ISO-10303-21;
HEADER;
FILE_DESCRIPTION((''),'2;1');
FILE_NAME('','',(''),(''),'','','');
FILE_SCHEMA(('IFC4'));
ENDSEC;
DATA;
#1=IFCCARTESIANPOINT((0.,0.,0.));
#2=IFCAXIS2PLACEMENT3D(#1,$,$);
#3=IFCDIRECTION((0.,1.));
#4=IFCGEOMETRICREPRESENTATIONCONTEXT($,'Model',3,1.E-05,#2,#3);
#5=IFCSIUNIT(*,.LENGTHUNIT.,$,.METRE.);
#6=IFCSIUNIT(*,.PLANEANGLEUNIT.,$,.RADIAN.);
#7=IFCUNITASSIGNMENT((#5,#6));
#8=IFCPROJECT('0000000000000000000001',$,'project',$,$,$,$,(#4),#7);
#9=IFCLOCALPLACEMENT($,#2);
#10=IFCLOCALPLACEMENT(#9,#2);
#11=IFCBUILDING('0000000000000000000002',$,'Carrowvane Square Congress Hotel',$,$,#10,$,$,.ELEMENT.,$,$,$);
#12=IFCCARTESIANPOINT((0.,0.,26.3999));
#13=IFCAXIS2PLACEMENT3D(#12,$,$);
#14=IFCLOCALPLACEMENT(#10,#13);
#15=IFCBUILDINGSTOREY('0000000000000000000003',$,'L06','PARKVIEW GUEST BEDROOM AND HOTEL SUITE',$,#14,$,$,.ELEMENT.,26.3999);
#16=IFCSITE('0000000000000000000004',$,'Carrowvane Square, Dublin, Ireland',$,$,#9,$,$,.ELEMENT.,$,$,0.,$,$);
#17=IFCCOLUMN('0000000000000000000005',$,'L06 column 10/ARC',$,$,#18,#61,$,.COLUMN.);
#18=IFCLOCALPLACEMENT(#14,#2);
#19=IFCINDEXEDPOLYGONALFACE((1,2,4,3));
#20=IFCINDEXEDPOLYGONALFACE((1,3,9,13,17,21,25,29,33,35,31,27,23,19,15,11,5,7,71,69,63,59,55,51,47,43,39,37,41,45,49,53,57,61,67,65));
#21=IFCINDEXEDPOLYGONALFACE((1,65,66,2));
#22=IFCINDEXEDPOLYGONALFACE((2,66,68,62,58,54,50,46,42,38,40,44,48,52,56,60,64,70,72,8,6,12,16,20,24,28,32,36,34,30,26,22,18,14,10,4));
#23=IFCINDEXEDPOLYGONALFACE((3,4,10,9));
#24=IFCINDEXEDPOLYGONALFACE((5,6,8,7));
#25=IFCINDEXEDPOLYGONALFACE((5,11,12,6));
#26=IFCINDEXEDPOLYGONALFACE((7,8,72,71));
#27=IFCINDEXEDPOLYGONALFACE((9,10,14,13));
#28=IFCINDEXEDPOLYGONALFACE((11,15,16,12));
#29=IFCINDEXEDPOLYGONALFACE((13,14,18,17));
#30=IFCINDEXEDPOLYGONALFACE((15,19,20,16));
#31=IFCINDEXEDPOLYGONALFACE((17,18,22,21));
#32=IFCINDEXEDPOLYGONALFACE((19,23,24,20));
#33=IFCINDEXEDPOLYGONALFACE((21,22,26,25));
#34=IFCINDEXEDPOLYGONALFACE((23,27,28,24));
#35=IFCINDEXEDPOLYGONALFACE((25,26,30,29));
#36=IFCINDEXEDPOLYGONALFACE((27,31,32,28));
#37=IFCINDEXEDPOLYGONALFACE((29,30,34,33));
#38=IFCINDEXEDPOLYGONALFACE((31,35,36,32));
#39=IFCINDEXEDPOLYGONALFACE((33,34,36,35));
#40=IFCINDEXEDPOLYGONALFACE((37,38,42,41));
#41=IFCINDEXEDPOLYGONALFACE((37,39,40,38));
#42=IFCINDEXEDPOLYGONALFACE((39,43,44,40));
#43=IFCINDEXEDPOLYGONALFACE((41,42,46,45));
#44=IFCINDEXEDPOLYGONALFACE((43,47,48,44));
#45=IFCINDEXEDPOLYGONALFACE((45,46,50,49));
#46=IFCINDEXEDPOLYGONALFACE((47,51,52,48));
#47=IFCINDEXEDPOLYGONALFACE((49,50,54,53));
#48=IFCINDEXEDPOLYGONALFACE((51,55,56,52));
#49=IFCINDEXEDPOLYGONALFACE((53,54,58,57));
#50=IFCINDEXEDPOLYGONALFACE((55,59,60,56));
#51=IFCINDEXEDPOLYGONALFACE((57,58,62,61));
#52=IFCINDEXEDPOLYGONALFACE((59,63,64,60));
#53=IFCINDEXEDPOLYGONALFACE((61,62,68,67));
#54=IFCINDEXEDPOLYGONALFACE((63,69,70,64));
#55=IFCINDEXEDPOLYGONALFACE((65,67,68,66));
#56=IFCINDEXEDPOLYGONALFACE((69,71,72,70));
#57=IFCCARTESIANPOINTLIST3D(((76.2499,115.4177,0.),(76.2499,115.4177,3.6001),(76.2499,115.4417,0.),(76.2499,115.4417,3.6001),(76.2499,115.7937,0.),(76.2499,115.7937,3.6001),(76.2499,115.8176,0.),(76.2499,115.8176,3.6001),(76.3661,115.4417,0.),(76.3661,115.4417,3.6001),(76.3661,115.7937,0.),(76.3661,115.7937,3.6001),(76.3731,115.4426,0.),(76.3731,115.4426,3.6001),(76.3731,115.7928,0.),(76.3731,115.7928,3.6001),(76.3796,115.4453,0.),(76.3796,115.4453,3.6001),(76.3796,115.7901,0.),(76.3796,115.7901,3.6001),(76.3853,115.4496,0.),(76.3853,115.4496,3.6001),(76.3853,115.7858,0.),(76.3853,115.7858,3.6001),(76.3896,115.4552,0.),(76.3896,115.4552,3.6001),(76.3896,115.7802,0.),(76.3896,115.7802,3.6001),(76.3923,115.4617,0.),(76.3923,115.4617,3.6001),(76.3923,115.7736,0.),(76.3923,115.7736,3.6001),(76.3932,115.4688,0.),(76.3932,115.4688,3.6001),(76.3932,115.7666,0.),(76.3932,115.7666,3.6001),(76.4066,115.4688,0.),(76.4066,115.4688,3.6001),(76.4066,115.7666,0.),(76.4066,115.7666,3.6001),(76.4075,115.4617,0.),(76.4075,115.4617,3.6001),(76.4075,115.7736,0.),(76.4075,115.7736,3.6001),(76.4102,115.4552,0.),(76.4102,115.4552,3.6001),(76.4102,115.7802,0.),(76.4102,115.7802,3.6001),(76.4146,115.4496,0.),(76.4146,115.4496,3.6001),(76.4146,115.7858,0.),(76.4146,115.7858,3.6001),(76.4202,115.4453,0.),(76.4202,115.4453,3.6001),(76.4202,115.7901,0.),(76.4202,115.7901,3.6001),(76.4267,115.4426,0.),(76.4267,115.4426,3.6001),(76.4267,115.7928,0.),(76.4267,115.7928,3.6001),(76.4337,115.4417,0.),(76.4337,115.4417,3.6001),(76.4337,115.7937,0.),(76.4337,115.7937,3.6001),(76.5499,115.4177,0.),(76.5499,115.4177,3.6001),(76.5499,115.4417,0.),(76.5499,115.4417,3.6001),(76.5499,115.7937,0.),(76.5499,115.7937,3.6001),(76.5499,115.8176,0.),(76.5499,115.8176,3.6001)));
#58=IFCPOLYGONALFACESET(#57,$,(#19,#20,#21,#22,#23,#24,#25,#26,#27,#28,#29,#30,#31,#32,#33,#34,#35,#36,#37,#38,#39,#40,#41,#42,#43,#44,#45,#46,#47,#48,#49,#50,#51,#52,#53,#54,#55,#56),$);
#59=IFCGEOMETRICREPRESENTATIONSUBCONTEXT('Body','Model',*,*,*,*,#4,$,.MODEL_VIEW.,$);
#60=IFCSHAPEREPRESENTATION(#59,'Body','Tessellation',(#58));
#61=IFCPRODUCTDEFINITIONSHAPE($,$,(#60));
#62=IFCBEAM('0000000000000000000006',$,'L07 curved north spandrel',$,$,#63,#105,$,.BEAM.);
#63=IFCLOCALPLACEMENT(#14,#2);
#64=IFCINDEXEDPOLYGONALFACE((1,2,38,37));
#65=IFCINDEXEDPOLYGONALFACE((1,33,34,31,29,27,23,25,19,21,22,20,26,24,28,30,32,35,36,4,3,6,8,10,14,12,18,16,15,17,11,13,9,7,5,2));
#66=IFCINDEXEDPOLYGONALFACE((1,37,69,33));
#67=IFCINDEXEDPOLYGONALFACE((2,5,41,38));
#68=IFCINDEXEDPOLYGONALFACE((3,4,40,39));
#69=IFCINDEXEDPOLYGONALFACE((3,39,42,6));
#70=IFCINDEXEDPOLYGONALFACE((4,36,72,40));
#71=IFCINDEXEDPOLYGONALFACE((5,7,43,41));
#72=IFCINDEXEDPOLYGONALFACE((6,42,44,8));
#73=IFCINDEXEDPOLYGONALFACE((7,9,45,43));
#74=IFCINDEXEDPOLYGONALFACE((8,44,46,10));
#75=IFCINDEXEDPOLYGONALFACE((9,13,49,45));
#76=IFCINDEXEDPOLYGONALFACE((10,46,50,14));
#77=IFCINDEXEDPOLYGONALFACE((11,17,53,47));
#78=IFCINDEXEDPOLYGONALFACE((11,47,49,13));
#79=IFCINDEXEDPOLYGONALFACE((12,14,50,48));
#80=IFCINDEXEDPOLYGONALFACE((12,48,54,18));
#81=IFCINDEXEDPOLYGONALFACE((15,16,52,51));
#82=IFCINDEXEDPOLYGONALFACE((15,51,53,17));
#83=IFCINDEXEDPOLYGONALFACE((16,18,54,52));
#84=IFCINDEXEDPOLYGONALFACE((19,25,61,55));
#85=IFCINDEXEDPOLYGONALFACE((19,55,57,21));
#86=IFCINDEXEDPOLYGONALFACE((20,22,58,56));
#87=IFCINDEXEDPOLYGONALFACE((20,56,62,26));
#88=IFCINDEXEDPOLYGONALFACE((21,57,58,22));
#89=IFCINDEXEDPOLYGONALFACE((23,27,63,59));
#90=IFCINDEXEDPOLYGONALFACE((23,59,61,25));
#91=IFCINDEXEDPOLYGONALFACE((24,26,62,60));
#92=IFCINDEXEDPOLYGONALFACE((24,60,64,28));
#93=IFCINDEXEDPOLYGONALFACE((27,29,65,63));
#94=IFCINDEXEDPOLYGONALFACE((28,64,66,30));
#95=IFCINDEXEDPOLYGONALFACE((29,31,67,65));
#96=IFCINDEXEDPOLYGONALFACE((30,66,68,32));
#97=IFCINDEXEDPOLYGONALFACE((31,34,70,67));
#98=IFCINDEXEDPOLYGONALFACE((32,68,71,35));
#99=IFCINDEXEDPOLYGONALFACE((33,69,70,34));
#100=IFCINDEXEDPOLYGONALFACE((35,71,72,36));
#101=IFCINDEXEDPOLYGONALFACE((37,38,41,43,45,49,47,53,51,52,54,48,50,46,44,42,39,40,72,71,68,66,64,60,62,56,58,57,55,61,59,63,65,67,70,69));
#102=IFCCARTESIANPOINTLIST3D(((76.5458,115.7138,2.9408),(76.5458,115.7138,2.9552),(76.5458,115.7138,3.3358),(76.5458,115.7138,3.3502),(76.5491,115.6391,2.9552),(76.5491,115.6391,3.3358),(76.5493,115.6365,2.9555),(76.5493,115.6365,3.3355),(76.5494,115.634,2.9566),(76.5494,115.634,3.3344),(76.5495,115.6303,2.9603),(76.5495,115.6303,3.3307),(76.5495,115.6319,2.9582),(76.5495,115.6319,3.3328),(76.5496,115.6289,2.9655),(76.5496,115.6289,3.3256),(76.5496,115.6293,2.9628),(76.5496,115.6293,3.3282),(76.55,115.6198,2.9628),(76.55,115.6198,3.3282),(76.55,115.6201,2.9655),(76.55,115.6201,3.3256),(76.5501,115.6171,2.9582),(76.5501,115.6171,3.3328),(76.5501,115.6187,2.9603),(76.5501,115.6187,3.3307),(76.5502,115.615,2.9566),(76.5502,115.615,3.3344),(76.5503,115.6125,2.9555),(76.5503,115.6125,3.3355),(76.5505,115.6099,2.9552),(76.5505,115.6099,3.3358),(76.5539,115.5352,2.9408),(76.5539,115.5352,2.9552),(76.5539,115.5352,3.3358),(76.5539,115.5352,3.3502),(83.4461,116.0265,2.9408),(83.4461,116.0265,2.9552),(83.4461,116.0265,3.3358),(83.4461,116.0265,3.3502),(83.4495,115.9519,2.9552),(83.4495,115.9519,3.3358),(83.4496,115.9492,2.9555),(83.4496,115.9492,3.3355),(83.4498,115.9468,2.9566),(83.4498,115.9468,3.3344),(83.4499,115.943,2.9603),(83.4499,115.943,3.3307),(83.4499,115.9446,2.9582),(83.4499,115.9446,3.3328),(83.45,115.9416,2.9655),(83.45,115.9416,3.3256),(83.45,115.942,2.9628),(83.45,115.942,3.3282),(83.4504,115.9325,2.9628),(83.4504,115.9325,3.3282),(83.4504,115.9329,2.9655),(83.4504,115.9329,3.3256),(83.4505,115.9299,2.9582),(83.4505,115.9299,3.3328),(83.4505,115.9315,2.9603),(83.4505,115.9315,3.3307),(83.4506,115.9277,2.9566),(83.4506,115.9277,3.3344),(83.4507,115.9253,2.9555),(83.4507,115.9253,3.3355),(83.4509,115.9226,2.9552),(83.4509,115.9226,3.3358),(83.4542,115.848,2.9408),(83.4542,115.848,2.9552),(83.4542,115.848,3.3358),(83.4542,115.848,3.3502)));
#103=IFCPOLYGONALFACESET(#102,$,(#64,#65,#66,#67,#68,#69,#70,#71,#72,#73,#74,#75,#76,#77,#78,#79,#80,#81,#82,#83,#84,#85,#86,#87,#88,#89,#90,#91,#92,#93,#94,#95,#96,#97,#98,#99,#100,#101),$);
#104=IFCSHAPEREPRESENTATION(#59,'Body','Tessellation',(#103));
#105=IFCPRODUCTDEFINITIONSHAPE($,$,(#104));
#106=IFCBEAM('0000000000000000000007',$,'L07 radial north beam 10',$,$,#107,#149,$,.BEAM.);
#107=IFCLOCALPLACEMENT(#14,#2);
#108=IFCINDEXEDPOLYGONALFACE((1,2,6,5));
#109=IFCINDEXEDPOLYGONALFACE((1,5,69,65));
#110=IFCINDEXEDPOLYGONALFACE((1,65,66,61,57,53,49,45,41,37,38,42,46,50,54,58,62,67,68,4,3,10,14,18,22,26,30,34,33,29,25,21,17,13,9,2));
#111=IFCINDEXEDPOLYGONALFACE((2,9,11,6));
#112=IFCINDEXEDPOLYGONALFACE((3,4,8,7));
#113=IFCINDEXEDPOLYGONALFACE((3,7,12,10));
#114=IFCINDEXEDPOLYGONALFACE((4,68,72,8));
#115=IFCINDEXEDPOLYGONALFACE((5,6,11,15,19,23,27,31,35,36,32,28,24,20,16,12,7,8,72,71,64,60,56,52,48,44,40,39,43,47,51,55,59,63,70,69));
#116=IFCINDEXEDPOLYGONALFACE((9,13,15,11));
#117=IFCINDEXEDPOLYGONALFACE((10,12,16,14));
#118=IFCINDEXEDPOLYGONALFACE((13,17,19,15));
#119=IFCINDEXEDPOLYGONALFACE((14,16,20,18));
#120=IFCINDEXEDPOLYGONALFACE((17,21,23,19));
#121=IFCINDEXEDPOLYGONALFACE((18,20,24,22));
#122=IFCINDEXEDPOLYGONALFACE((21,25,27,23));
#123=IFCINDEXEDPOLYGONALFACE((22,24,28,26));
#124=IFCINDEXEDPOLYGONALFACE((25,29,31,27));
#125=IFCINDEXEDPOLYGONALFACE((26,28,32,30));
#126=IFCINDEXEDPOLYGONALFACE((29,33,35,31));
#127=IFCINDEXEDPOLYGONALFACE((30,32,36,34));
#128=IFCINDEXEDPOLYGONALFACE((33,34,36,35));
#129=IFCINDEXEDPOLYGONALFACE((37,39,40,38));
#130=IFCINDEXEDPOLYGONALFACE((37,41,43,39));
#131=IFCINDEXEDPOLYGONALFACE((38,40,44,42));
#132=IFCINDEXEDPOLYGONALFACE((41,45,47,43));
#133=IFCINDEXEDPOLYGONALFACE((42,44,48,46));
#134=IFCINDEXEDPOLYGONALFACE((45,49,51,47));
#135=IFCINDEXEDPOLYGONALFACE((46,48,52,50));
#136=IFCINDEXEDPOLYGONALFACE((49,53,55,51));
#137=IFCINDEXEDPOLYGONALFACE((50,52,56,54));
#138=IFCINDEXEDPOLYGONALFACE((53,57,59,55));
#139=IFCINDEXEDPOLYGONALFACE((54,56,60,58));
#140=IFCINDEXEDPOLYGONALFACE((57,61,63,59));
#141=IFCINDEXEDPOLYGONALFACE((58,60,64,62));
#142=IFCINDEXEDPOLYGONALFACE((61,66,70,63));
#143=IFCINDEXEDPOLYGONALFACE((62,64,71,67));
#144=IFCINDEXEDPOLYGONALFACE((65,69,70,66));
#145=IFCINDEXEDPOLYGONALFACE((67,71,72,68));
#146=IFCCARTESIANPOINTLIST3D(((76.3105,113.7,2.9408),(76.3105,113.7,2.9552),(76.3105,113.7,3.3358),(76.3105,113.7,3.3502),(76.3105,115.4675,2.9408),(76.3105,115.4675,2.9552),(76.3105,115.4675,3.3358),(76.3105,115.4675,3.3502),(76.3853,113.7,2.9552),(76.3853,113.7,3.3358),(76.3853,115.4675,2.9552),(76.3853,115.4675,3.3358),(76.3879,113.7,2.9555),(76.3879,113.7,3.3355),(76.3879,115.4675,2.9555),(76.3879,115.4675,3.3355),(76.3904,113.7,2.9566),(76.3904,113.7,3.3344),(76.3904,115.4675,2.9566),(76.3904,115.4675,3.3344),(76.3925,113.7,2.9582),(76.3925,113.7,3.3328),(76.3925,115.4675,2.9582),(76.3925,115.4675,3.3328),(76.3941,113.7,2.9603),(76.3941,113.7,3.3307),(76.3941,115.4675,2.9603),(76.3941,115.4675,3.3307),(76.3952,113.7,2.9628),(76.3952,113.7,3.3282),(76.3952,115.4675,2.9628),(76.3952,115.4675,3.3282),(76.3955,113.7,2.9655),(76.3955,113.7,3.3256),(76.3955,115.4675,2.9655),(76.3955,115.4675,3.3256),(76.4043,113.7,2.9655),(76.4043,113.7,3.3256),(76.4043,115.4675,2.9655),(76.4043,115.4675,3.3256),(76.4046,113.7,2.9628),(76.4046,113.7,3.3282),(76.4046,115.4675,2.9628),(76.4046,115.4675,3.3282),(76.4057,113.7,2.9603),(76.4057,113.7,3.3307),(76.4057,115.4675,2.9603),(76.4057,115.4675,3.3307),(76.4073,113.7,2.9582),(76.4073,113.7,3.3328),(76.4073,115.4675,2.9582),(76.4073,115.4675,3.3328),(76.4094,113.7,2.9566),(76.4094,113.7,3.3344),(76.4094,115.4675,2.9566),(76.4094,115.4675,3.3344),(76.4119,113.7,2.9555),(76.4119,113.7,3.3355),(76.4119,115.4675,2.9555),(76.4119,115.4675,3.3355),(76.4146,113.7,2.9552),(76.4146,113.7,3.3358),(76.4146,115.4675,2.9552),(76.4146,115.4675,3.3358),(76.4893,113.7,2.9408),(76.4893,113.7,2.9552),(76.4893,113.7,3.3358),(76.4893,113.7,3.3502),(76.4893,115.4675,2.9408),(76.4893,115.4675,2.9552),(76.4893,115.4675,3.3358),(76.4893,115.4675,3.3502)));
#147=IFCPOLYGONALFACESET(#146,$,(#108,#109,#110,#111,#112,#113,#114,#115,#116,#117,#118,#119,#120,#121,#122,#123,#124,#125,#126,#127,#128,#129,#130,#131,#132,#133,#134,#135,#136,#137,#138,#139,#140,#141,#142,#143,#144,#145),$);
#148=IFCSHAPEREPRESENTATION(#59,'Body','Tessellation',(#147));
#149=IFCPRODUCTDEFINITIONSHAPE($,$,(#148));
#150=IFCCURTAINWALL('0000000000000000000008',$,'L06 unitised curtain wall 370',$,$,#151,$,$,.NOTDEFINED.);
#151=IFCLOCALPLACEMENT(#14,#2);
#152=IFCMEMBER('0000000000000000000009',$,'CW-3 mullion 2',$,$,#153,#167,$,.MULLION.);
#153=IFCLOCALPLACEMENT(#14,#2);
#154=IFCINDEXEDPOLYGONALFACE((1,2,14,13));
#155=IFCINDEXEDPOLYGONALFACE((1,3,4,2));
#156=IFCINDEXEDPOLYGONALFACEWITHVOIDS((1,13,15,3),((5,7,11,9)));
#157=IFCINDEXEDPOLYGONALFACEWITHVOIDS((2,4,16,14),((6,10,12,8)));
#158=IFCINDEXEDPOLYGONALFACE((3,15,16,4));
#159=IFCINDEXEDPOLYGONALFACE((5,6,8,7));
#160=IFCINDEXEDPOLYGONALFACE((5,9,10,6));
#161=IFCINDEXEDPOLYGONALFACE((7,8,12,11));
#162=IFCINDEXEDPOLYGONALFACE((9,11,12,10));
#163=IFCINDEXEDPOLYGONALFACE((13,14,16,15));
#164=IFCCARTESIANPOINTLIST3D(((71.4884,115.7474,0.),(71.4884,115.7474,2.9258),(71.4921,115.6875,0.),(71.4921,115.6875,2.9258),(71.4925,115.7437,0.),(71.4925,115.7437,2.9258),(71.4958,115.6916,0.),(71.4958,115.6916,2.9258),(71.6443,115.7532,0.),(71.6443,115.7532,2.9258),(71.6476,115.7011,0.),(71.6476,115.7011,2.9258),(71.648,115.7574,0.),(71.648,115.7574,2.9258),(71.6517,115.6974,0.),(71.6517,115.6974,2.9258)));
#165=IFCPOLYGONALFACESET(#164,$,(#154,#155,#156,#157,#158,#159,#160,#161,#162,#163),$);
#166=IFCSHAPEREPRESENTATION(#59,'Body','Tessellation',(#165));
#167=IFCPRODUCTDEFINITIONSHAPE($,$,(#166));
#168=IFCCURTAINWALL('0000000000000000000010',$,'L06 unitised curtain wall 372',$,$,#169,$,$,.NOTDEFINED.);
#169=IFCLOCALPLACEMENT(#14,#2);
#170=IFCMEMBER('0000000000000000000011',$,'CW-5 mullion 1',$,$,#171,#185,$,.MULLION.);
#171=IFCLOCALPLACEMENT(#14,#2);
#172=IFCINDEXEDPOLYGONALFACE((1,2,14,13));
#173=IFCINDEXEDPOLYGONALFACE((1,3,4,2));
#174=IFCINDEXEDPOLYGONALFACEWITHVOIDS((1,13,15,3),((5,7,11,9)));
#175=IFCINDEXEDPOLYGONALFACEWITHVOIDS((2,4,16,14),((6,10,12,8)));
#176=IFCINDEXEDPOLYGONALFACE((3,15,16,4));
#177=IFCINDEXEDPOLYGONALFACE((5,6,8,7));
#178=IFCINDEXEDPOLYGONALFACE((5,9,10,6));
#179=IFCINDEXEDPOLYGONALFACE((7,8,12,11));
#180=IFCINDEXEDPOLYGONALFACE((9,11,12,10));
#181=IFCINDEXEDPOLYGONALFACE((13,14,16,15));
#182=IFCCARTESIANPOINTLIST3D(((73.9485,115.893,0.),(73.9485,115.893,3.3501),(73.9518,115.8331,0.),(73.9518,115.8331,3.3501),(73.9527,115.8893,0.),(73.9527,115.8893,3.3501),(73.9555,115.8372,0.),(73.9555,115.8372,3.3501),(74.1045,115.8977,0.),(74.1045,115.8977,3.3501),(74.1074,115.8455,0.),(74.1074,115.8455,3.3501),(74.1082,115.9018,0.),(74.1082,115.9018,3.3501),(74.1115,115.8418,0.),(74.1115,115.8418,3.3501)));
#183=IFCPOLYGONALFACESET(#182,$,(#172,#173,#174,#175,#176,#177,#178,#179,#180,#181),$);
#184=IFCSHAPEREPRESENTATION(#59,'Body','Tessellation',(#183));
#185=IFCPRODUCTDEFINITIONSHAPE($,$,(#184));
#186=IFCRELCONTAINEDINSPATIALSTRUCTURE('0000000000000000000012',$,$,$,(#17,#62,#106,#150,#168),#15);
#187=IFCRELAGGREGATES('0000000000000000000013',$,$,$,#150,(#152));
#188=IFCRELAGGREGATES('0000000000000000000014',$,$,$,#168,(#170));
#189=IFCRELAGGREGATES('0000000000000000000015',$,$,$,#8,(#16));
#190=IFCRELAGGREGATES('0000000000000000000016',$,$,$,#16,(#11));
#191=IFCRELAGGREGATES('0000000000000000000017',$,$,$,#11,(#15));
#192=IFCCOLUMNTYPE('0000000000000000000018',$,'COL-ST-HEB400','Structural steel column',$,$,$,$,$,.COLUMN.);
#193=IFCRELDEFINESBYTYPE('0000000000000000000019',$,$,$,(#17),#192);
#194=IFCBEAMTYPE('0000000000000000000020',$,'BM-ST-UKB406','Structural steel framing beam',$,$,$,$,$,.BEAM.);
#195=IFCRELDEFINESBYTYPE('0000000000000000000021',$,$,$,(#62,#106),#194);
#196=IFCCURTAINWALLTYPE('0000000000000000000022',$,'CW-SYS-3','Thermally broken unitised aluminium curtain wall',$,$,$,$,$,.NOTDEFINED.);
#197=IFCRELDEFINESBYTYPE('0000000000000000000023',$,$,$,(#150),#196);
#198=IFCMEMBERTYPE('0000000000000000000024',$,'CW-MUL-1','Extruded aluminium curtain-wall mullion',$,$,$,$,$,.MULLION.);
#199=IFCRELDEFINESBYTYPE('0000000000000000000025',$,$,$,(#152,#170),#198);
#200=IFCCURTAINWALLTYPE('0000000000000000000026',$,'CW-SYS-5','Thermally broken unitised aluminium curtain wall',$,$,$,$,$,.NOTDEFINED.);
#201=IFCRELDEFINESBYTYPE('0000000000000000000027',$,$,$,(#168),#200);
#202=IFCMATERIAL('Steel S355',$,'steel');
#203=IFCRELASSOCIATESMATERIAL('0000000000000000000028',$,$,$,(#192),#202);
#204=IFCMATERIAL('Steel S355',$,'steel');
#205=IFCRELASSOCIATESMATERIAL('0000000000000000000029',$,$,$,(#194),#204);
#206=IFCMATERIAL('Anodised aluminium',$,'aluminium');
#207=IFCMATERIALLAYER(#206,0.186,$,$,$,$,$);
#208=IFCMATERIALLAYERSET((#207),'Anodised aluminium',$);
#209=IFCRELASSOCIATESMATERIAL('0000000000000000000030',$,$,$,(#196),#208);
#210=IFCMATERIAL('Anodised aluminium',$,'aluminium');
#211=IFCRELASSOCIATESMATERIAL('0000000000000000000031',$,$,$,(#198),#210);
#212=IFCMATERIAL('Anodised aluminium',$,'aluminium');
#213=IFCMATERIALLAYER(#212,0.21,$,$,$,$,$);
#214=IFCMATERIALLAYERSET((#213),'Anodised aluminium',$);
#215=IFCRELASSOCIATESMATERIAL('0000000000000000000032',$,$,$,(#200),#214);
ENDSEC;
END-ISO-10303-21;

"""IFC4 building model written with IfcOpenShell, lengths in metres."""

from ifc_helpers import new_model, si_unit, direction, frame, origin, origin_2d, place, context, subcontext, project, spatial, hollow_rectangle, i_section, extrude, material, layer, layer_set, material_profile, profile_set, type_object, element, aggregate, save


model = new_model("IFC4")

# Units and contexts
model_context = context("Model", 3, precision=1e-05, world=origin(), true_north=direction((0.0, 1.0)))
body_context = subcontext(model_context, "Body", "Model", "MODEL_VIEW")
ifc_project = project(units=[si_unit("LENGTHUNIT", "METRE"), si_unit("PLANEANGLEUNIT", "RADIAN")], contexts=[model_context])

# Site, building, storey
site_placement = place(None, origin())
site = spatial("IfcSite", under=ifc_project, at=site_placement, Name="Carrowvane Square, Dublin, Ireland", CompositionType="ELEMENT", RefElevation=0.0)
building_placement = place(site_placement, origin())
building = spatial("IfcBuilding", under=site, at=building_placement, Name="Carrowvane Square Congress Hotel", CompositionType="ELEMENT")
storey_placement = place(building_placement, frame((0.0, 0.0, 26.3999)))
storey = spatial("IfcBuildingStorey", under=building, at=storey_placement, Name="L06", Description="PARKVIEW GUEST BEDROOM AND HOTEL SUITE", CompositionType="ELEMENT", Elevation=26.3999)

# Column
ifc_material_1 = material(Name="Steel S355", Category="steel")
ifc_material_profile_1 = material_profile(ifc_material_1, i_section(OverallWidth=0.3, OverallDepth=0.3999, WebThickness=0.0134, FlangeThickness=0.0239, FilletRadius=0.0271, at=origin_2d()), Name="HEB 400")
ifc_profile_set_1 = profile_set([ifc_material_profile_1], Name="Steel S355")
column_type = type_object("IfcColumnType", Name="COL-ST-HEB400", Description="Structural steel column", PredefinedType="COLUMN", material=ifc_profile_set_1)
column_placement = place(storey_placement, frame((76.3999, 115.6177, 0.0), z_axis=(0.0, 0.0, 1.0), x_axis=(1.0, 0.0, 0.0)))
element("IfcColumn", 1, at=column_placement, inside=storey, type_object=column_type, Name="L06 column 10/ARC", PredefinedType="COLUMN", context=body_context, shape_type="SweptSolid", body=[
    extrude(i_section(OverallWidth=0.3, OverallDepth=0.3999, WebThickness=0.0134, FlangeThickness=0.0239, FilletRadius=0.0271, at=origin_2d()), origin(), (0.0, 0.0, 1.0), 3.6001),
])

# Beams
ifc_material_2 = material(Name="Steel S355", Category="steel")
ifc_material_profile_2 = material_profile(ifc_material_2, i_section(OverallWidth=0.1787, OverallDepth=0.4094, WebThickness=0.0088, FlangeThickness=0.0144, FilletRadius=0.0103, at=origin_2d()), Name="UKB 406x178x67")
ifc_profile_set_2 = profile_set([ifc_material_profile_2], Name="Steel S355")
beam_type = type_object("IfcBeamType", Name="BM-ST-UKB406", Description="Structural steel framing beam", PredefinedType="BEAM", material=ifc_profile_set_2)
beam_1_placement = place(storey_placement, frame((76.5498, 115.6245, 3.1455), z_axis=(0.998975, 0.045276, 0.0), x_axis=(-0.045276, 0.998975, 0.0)))
element("IfcBeam", 2, at=beam_1_placement, inside=storey, type_object=beam_type, Name="L07 curved north spandrel", PredefinedType="BEAM", context=body_context, shape_type="SweptSolid", body=[
    extrude(i_section(OverallWidth=0.1787, OverallDepth=0.4094, WebThickness=0.0088, FlangeThickness=0.0144, FilletRadius=0.0103, at=origin_2d()), origin(), (0.0, 0.0, 1.0), 6.9075),
])
beam_2_placement = place(storey_placement, frame((76.3999, 113.7, 3.1455), z_axis=(0.0, 1.0, 0.0), x_axis=(-1.0, 0.0, 0.0)))
element("IfcBeam", 3, at=beam_2_placement, inside=storey, type_object=beam_type, Name="L07 radial north beam 10", PredefinedType="BEAM", context=body_context, shape_type="SweptSolid", body=[
    extrude(i_section(OverallWidth=0.1787, OverallDepth=0.4094, WebThickness=0.0088, FlangeThickness=0.0144, FilletRadius=0.0103, at=origin_2d()), origin(), (0.0, 0.0, 1.0), 1.7676),
])

# Curtain wall, member
ifc_material_3 = material(Name="Anodised aluminium", Category="aluminium")
ifc_layer_1 = layer(ifc_material_3, 0.186)
ifc_layer_set_1 = layer_set([ifc_layer_1], Name="Anodised aluminium")
curtain_wall_type_1 = type_object("IfcCurtainWallType", Name="CW-SYS-3", Description="Thermally broken unitised aluminium curtain wall", PredefinedType="NOTDEFINED", material=ifc_layer_set_1)
curtain_wall_1_placement = place(storey_placement, origin())
curtain_wall_1 = element("IfcCurtainWall", 4, at=curtain_wall_1_placement, inside=storey, type_object=curtain_wall_type_1, Name="L06 unitised curtain wall 370", PredefinedType="NOTDEFINED")
ifc_material_4 = material(Name="Anodised aluminium", Category="aluminium")
ifc_material_profile_3 = material_profile(ifc_material_4, hollow_rectangle(XDim=0.0601, YDim=0.1599, WallThickness=0.0039, at=origin_2d()), Name="CW-ML 60x160x4")
ifc_profile_set_3 = profile_set([ifc_material_profile_3], Name="Anodised aluminium")
member_type_1 = type_object("IfcMemberType", Name="CW-MUL-1", Description="Extruded aluminium curtain-wall mullion", PredefinedType="MULLION", material=ifc_profile_set_3)
member_1_placement = place(storey_placement, frame((71.5701, 115.7224, 0.0), z_axis=(0.0, 0.0, 1.0), x_axis=(-0.062397, 0.998051, 0.0)))
member_1 = element("IfcMember", 5, at=member_1_placement, type_object=member_type_1, Name="CW-3 mullion 2", PredefinedType="MULLION", context=body_context, shape_type="SweptSolid", body=[
    extrude(hollow_rectangle(XDim=0.0601, YDim=0.1599, WallThickness=0.0039, at=origin_2d()), origin(), (0.0, 0.0, 1.0), 2.9258),
])

# Curtain wall, member
ifc_material_5 = material(Name="Anodised aluminium", Category="aluminium")
ifc_layer_2 = layer(ifc_material_5, 0.21)
ifc_layer_set_2 = layer_set([ifc_layer_2], Name="Anodised aluminium")
curtain_wall_type_2 = type_object("IfcCurtainWallType", Name="CW-SYS-5", Description="Thermally broken unitised aluminium curtain wall", PredefinedType="NOTDEFINED", material=ifc_layer_set_2)
curtain_wall_2_placement = place(storey_placement, origin())
curtain_wall_2 = element("IfcCurtainWall", 6, at=curtain_wall_2_placement, inside=storey, type_object=curtain_wall_type_2, Name="L06 unitised curtain wall 372", PredefinedType="NOTDEFINED")
member_2_placement = place(storey_placement, frame((74.03, 115.8674, 0.0), z_axis=(0.0, 0.0, 1.0), x_axis=(-0.054816, 0.998496, 0.0)))
member_2 = element("IfcMember", 7, at=member_2_placement, type_object=member_type_1, Name="CW-5 mullion 1", PredefinedType="MULLION", context=body_context, shape_type="SweptSolid", body=[
    extrude(hollow_rectangle(XDim=0.0601, YDim=0.1599, WallThickness=0.0039, at=origin_2d()), origin(), (0.0, 0.0, 1.0), 3.3501),
])

aggregate(curtain_wall_1, [member_1])
aggregate(curtain_wall_2, [member_2])

save(model, "model.ifc")
